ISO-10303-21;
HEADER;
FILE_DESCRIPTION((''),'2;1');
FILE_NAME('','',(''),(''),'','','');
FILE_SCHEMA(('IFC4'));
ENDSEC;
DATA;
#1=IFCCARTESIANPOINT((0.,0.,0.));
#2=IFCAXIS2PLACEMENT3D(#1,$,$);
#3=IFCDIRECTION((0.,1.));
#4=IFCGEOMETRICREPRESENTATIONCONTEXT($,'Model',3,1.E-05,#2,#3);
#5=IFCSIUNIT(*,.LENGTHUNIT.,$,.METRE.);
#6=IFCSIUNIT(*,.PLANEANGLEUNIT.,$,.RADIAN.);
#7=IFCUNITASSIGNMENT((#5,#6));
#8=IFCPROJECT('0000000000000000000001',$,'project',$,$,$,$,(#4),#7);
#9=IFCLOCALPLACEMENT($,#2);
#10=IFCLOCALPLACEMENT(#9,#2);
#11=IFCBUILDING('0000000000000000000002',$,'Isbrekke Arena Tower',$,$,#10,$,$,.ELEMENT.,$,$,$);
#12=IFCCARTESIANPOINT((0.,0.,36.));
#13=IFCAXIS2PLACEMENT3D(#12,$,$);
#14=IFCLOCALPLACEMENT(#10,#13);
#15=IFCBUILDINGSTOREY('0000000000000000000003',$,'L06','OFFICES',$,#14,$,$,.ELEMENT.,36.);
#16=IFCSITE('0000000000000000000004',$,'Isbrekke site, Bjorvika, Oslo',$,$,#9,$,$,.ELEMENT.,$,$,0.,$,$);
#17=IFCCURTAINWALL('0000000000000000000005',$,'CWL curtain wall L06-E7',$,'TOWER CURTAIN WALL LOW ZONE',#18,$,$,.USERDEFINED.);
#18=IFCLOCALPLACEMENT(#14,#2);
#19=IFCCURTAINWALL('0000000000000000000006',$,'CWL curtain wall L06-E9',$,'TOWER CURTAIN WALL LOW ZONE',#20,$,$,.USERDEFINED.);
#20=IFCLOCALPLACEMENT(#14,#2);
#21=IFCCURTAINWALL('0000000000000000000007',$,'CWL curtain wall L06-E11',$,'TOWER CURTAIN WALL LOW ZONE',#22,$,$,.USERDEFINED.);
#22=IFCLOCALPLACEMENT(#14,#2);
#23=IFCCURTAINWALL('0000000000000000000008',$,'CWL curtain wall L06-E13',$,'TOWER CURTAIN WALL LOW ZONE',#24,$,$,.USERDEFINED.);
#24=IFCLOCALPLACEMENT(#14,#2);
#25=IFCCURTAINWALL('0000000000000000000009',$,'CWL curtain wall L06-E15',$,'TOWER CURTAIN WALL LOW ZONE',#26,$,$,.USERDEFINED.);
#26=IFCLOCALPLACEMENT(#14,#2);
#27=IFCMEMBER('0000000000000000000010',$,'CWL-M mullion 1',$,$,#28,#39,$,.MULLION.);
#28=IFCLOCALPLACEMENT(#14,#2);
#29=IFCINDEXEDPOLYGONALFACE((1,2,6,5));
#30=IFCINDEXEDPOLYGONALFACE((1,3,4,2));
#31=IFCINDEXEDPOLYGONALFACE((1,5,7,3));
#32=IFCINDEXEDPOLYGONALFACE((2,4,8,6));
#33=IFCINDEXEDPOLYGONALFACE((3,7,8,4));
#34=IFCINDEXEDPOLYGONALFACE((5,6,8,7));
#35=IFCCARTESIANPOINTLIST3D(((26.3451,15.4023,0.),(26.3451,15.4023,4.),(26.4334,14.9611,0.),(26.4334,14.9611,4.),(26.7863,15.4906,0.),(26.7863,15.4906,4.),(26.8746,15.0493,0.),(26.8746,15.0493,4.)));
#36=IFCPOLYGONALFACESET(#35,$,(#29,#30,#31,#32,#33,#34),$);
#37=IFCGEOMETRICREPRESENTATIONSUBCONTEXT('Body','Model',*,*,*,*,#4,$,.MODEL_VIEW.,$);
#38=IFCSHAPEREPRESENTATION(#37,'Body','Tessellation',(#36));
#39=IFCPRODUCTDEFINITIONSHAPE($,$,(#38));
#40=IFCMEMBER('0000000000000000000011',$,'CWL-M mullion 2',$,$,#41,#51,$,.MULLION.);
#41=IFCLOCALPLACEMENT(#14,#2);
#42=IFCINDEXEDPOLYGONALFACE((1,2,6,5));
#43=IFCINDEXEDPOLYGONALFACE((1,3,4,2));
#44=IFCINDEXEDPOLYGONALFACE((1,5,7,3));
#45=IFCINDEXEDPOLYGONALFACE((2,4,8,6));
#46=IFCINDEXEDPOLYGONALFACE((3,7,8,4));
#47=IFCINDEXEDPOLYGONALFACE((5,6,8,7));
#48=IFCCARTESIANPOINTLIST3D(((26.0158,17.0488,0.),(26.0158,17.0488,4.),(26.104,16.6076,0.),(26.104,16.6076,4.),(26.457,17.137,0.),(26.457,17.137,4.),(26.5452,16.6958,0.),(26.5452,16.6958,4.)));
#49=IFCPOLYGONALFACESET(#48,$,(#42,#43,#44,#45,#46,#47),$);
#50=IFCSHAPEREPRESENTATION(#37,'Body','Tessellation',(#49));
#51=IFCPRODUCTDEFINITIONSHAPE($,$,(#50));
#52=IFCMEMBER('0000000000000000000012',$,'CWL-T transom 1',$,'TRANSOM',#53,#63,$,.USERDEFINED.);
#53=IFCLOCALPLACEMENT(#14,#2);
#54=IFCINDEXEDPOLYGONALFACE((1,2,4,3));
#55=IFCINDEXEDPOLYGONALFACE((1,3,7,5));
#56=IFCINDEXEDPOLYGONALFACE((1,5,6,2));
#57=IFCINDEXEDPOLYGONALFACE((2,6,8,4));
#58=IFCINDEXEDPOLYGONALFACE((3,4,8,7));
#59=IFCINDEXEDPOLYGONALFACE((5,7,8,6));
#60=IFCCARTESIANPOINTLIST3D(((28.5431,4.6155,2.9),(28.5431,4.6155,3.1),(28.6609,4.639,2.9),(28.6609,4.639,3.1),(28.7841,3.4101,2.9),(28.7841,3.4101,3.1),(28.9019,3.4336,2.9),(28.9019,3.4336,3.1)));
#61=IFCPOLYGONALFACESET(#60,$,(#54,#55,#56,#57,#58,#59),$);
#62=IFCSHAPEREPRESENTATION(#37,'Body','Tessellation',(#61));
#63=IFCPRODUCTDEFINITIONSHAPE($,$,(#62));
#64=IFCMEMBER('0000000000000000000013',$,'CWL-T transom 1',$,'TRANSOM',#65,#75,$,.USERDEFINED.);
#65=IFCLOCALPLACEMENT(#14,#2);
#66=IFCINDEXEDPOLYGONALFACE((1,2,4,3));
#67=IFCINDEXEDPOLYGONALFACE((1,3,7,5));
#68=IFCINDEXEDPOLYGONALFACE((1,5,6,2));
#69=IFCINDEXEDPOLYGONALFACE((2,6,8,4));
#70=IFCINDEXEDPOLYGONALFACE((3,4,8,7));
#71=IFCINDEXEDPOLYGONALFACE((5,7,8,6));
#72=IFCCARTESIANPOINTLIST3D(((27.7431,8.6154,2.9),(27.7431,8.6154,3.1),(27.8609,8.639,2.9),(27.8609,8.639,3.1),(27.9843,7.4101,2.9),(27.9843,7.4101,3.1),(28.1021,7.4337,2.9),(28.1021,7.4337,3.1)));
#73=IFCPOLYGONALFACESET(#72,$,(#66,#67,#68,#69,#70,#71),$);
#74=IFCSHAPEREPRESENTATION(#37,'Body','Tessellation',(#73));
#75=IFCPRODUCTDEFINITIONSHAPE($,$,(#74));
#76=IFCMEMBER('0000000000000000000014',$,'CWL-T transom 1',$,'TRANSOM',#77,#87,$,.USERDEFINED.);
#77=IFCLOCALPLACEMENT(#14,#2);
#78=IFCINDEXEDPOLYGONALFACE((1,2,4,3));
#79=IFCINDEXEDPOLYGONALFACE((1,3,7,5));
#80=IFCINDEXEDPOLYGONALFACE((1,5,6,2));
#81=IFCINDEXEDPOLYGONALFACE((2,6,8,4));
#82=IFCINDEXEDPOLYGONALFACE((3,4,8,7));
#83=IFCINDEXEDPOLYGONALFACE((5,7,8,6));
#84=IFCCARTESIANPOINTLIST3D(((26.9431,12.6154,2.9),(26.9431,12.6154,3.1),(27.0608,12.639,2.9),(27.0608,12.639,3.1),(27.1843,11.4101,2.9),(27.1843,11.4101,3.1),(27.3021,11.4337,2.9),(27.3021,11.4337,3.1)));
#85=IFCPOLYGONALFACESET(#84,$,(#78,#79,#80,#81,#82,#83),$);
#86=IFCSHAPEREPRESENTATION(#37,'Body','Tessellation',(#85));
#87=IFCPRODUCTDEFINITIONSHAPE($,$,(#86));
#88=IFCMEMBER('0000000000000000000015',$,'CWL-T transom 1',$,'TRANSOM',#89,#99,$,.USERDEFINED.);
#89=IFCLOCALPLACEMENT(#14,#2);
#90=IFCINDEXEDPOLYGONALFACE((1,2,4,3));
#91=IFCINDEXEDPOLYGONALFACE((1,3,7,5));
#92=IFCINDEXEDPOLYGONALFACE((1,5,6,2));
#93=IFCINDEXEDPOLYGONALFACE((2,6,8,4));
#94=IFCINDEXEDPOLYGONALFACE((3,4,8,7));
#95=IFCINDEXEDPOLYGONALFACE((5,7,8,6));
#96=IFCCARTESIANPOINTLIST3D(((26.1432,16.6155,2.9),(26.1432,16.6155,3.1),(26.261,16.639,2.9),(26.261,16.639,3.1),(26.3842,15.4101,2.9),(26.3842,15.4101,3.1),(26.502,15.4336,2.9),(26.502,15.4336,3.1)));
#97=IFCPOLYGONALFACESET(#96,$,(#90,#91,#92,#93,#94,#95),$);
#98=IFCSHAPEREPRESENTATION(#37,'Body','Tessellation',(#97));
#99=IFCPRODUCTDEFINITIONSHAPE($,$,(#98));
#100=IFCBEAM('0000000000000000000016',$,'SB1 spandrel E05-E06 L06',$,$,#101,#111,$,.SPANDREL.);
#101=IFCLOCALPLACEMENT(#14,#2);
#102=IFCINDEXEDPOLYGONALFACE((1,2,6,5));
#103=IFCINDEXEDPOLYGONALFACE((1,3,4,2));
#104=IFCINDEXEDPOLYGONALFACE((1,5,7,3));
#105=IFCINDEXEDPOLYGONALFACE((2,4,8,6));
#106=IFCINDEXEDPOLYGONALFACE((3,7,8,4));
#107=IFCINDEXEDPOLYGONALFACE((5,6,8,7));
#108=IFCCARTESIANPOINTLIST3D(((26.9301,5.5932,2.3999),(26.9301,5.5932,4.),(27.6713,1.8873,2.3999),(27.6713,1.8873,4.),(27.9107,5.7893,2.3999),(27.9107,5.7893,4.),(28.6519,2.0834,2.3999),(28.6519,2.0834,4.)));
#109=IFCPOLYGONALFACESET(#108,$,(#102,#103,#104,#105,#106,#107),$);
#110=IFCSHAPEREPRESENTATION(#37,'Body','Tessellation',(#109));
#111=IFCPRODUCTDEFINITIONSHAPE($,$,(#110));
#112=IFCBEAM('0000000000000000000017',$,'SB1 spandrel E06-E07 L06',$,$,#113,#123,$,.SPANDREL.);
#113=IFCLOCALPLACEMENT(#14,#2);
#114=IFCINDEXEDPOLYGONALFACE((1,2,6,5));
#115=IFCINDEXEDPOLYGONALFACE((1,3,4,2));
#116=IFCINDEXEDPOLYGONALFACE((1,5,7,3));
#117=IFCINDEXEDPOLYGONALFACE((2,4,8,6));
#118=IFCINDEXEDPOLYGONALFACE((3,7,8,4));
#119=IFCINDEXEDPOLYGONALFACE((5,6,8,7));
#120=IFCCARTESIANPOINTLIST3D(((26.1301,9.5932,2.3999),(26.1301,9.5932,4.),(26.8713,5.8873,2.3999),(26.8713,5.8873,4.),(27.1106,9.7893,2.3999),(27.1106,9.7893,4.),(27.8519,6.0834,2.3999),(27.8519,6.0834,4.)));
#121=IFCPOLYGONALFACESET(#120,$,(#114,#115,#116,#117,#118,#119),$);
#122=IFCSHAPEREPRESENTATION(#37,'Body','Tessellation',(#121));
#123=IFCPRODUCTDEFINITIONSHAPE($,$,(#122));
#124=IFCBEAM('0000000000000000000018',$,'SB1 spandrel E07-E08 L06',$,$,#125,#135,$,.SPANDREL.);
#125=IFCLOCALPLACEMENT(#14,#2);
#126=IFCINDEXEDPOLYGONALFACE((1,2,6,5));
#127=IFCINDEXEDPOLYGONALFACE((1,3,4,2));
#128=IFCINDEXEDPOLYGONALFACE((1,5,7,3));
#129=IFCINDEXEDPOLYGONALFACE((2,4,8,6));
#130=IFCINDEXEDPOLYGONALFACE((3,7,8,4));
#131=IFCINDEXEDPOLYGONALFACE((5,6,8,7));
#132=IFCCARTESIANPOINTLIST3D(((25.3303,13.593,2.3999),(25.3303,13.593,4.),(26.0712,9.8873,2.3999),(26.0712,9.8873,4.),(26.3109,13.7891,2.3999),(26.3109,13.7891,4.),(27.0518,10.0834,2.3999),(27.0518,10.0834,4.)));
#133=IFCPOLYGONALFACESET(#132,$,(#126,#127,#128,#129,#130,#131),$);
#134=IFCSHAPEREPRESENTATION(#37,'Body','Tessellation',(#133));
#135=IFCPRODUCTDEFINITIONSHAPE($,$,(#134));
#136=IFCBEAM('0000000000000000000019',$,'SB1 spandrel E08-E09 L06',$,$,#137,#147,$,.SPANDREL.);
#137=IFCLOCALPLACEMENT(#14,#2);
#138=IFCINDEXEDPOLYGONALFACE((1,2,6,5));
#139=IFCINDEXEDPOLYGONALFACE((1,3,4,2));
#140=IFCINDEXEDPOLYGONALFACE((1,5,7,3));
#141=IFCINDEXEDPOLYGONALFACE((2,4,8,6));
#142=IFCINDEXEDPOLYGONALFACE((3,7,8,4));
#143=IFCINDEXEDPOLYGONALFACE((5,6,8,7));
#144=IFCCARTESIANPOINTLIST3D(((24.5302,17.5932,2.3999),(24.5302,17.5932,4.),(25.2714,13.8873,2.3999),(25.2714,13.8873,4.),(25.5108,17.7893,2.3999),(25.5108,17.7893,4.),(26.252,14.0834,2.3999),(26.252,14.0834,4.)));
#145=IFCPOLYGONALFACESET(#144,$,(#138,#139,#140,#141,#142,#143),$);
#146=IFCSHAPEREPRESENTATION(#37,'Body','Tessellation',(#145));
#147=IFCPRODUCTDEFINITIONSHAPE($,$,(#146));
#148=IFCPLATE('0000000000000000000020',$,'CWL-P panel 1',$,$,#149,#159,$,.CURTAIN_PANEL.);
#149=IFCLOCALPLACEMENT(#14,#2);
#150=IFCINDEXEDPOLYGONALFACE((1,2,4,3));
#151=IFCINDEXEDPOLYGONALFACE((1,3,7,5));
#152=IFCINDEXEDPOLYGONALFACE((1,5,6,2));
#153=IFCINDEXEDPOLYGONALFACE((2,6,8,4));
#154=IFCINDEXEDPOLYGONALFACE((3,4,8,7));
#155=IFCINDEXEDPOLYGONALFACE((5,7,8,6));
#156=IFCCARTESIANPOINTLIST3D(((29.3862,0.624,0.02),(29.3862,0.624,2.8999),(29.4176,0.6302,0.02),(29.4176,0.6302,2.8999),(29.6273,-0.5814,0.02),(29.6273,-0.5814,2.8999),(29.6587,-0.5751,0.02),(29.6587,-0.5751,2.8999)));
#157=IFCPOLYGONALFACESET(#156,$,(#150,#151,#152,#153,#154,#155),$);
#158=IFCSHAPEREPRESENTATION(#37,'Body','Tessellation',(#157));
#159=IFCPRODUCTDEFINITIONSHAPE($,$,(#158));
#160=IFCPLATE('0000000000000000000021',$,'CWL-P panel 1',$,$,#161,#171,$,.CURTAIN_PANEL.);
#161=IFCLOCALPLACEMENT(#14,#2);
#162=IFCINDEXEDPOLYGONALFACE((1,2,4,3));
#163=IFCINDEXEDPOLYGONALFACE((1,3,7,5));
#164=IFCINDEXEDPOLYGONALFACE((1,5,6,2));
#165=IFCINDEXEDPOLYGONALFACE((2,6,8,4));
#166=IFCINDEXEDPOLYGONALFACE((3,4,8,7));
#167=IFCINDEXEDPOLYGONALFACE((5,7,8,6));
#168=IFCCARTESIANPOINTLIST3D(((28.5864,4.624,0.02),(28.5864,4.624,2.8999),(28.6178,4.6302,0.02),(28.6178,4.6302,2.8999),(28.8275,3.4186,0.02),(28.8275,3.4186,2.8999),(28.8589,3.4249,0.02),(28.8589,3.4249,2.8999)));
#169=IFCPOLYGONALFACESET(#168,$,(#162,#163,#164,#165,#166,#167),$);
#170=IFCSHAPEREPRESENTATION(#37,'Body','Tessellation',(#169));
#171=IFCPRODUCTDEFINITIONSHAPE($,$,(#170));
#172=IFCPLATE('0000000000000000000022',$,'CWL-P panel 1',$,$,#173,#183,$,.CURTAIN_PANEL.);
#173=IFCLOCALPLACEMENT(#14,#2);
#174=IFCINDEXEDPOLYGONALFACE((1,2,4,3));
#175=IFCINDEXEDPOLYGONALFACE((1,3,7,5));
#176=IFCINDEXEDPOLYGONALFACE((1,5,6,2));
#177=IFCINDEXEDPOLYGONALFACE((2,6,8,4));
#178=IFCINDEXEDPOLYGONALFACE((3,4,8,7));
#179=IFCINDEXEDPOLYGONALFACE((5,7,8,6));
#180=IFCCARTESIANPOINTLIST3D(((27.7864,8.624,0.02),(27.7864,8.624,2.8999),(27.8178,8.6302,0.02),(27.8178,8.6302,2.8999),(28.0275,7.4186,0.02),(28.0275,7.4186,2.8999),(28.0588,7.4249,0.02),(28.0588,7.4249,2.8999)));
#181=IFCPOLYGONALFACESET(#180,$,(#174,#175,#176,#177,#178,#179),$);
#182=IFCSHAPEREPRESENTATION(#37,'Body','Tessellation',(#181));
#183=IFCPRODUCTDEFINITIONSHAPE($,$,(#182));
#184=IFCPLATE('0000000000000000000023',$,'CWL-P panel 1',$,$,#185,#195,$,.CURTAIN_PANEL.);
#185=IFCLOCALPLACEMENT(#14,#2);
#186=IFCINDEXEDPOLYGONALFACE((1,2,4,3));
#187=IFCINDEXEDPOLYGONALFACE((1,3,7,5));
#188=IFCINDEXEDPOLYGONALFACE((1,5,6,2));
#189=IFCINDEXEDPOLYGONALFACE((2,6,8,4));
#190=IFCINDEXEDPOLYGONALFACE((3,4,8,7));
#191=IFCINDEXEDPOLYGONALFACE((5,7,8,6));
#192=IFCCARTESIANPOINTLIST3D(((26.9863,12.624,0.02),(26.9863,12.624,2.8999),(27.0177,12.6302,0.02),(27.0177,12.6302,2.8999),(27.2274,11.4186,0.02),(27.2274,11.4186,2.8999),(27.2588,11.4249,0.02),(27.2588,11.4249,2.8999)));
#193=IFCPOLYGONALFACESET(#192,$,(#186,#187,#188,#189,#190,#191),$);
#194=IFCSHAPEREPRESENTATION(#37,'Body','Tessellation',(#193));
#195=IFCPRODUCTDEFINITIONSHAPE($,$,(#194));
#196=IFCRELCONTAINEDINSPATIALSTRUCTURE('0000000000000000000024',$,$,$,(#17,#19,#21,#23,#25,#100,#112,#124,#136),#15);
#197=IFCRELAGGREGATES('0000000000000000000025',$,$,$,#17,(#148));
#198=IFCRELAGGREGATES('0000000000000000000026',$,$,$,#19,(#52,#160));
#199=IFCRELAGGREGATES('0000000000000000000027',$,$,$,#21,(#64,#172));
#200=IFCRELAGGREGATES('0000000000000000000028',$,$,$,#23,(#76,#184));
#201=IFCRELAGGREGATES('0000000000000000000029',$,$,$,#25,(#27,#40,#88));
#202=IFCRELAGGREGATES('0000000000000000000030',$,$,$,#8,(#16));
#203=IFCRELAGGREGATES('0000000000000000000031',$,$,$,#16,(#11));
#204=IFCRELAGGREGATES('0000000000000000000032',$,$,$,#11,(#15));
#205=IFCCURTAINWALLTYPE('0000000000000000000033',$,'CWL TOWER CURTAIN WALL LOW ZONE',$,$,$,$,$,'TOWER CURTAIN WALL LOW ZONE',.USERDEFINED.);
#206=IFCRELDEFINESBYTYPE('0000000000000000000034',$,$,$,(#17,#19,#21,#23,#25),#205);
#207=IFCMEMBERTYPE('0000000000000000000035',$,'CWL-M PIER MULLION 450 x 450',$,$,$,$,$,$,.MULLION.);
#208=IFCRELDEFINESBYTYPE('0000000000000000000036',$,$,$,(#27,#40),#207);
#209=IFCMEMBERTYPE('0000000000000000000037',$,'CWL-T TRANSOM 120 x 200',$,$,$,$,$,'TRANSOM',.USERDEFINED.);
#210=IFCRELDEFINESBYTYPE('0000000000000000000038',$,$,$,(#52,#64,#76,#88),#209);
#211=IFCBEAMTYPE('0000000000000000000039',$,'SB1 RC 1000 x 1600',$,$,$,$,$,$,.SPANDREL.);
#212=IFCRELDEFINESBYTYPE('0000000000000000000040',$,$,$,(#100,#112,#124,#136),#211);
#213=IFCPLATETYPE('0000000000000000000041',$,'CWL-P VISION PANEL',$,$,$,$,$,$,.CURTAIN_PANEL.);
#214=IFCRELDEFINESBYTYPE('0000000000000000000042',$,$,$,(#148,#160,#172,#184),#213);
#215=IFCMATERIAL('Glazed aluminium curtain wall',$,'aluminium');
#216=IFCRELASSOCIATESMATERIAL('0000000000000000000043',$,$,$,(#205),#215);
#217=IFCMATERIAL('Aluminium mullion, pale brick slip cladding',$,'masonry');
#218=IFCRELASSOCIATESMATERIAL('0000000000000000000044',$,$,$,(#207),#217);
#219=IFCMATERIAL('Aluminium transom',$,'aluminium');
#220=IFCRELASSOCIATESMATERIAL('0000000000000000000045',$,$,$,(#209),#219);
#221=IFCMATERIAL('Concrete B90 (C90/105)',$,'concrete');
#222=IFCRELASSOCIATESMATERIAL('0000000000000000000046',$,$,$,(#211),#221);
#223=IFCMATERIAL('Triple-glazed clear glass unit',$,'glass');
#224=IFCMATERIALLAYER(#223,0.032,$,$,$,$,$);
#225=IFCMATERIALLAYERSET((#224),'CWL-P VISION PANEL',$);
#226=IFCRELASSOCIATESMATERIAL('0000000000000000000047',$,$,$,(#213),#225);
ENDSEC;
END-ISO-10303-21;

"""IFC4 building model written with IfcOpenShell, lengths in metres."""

from ifc_helpers import new_model, si_unit, direction, frame, origin, origin_2d, place, context, subcontext, project, spatial, rectangle, extrude, material, layer, layer_set, material_profile, profile_set, type_object, element, aggregate, save


model = new_model("IFC4")

# Units and contexts
model_context = context("Model", 3, precision=1e-05, world=origin(), true_north=direction((0.0, 1.0)))
body_context = subcontext(model_context, "Body", "Model", "MODEL_VIEW")
ifc_project = project(units=[si_unit("LENGTHUNIT", "METRE"), si_unit("PLANEANGLEUNIT", "RADIAN")], contexts=[model_context])

# Site, building, storey
site_placement = place(None, origin())
site = spatial("IfcSite", under=ifc_project, at=site_placement, Name="Isbrekke site, Bjorvika, Oslo", CompositionType="ELEMENT", RefElevation=0.0)
building_placement = place(site_placement, origin())
building = spatial("IfcBuilding", under=site, at=building_placement, Name="Isbrekke Arena Tower", CompositionType="ELEMENT")
storey_placement = place(building_placement, frame((0.0, 0.0, 36.0)))
storey = spatial("IfcBuildingStorey", under=building, at=storey_placement, Name="L06", Description="OFFICES", CompositionType="ELEMENT", Elevation=36.0)

# Curtain wall
ifc_material_1 = material(Name="Glazed aluminium curtain wall", Category="aluminium")
curtain_wall_type = type_object("IfcCurtainWallType", Name="CWL TOWER CURTAIN WALL LOW ZONE", ElementType="TOWER CURTAIN WALL LOW ZONE", PredefinedType="USERDEFINED", material=ifc_material_1)
curtain_wall_1_placement = place(storey_placement, origin())
curtain_wall_1 = element("IfcCurtainWall", 1, at=curtain_wall_1_placement, inside=storey, type_object=curtain_wall_type, Name="CWL curtain wall L06-E7", ObjectType="TOWER CURTAIN WALL LOW ZONE", PredefinedType="USERDEFINED")
ifc_material_2 = material(Name="Aluminium mullion, pale brick slip cladding", Category="masonry")
ifc_material_profile_1 = material_profile(ifc_material_2, rectangle(XDim=0.45, YDim=0.45, at=origin_2d()), Name="PIER 450X450")
ifc_profile_set_1 = profile_set([ifc_material_profile_1], Name="Aluminium mullion, pale brick slip cladding")
member_type_1 = type_object("IfcMemberType", Name="CWL-M PIER MULLION 450 x 450", PredefinedType="MULLION", material=ifc_profile_set_1)

# Curtain walls, members
curtain_wall_2_placement = place(storey_placement, origin())
curtain_wall_2 = element("IfcCurtainWall", 2, at=curtain_wall_2_placement, inside=storey, type_object=curtain_wall_type, Name="CWL curtain wall L06-E9", ObjectType="TOWER CURTAIN WALL LOW ZONE", PredefinedType="USERDEFINED")
curtain_wall_3_placement = place(storey_placement, origin())
curtain_wall_3 = element("IfcCurtainWall", 3, at=curtain_wall_3_placement, inside=storey, type_object=curtain_wall_type, Name="CWL curtain wall L06-E11", ObjectType="TOWER CURTAIN WALL LOW ZONE", PredefinedType="USERDEFINED")
curtain_wall_4_placement = place(storey_placement, origin())
curtain_wall_4 = element("IfcCurtainWall", 4, at=curtain_wall_4_placement, inside=storey, type_object=curtain_wall_type, Name="CWL curtain wall L06-E13", ObjectType="TOWER CURTAIN WALL LOW ZONE", PredefinedType="USERDEFINED")
curtain_wall_5_placement = place(storey_placement, origin())
curtain_wall_5 = element("IfcCurtainWall", 5, at=curtain_wall_5_placement, inside=storey, type_object=curtain_wall_type, Name="CWL curtain wall L06-E15", ObjectType="TOWER CURTAIN WALL LOW ZONE", PredefinedType="USERDEFINED")
member_1_placement = place(storey_placement, frame((26.6099, 15.2258, 0.0), z_axis=(0.0, 0.0, 1.0), x_axis=(-0.196116, 0.980581, 0.0)))
member_1 = element("IfcMember", 6, at=member_1_placement, type_object=member_type_1, Name="CWL-M mullion 1", PredefinedType="MULLION", context=body_context, shape_type="SweptSolid", body=[
    extrude(rectangle(XDim=0.45, YDim=0.45, at=origin_2d()), origin(), (0.0, 0.0, 1.0), 4.0),
])
member_2_placement = place(storey_placement, frame((26.2805, 16.8723, 0.0), z_axis=(0.0, 0.0, 1.0), x_axis=(-0.196116, 0.980581, 0.0)))
member_2 = element("IfcMember", 7, at=member_2_placement, type_object=member_type_1, Name="CWL-M mullion 2", PredefinedType="MULLION", context=body_context, shape_type="SweptSolid", body=[
    extrude(rectangle(XDim=0.45, YDim=0.45, at=origin_2d()), origin(), (0.0, 0.0, 1.0), 4.0),
])

# Members
ifc_material_3 = material(Name="Aluminium transom", Category="aluminium")
ifc_material_profile_2 = material_profile(ifc_material_3, rectangle(XDim=0.1201, YDim=0.2, at=origin_2d()), Name="TRANSOM 120X200")
ifc_profile_set_2 = profile_set([ifc_material_profile_2], Name="Aluminium transom")
member_type_2 = type_object("IfcMemberType", Name="CWL-T TRANSOM 120 x 200", ElementType="TRANSOM", PredefinedType="USERDEFINED", material=ifc_profile_set_2)
member_3_placement = place(storey_placement, frame((28.843, 3.4219, 3.0), z_axis=(-0.19604, 0.980596, 0.0), x_axis=(-0.980596, -0.19604, 0.0)))
member_3 = element("IfcMember", 8, at=member_3_placement, type_object=member_type_2, Name="CWL-T transom 1", ObjectType="TRANSOM", PredefinedType="USERDEFINED", context=body_context, shape_type="SweptSolid", body=[
    extrude(rectangle(XDim=0.1201, YDim=0.2, at=origin_2d()), origin(), (0.0, 0.0, 1.0), 1.2292),
])
member_4_placement = place(storey_placement, frame((28.0432, 7.4219, 3.0), z_axis=(-0.196231, 0.980558, 0.0), x_axis=(-0.980558, -0.196231, 0.0)))
member_4 = element("IfcMember", 9, at=member_4_placement, type_object=member_type_2, Name="CWL-T transom 1", ObjectType="TRANSOM", PredefinedType="USERDEFINED", context=body_context, shape_type="SweptSolid", body=[
    extrude(rectangle(XDim=0.1201, YDim=0.2, at=origin_2d()), origin(), (0.0, 0.0, 1.0), 1.2292),
])
member_5_placement = place(storey_placement, frame((27.2432, 11.4219, 3.0), z_axis=(-0.196231, 0.980558, 0.0), x_axis=(-0.980558, -0.196231, 0.0)))
member_5 = element("IfcMember", 10, at=member_5_placement, type_object=member_type_2, Name="CWL-T transom 1", ObjectType="TRANSOM", PredefinedType="USERDEFINED", context=body_context, shape_type="SweptSolid", body=[
    extrude(rectangle(XDim=0.1201, YDim=0.2, at=origin_2d()), origin(), (0.0, 0.0, 1.0), 1.2292),
])
member_6_placement = place(storey_placement, frame((26.4431, 15.4219, 3.0), z_axis=(-0.19604, 0.980596, 0.0), x_axis=(-0.980596, -0.19604, 0.0)))
member_6 = element("IfcMember", 11, at=member_6_placement, type_object=member_type_2, Name="CWL-T transom 1", ObjectType="TRANSOM", PredefinedType="USERDEFINED", context=body_context, shape_type="SweptSolid", body=[
    extrude(rectangle(XDim=0.1201, YDim=0.2, at=origin_2d()), origin(), (0.0, 0.0, 1.0), 1.2292),
])

# Beams
ifc_material_4 = material(Name="Concrete B90 (C90/105)", Category="concrete")
ifc_material_profile_3 = material_profile(ifc_material_4, rectangle(XDim=1.0, YDim=1.6001, at=origin_2d()), Name="RC 1000x1600")
ifc_profile_set_3 = profile_set([ifc_material_profile_3], Name="Concrete B90 (C90/105)")
beam_type_1 = type_object("IfcBeamType", Name="SB1 RC 1000 x 1600", PredefinedType="SPANDREL", material=ifc_profile_set_3)
for number, where, z_axis, x_axis, name in (
    (12, (28.1616, 1.9854, 3.2), (-0.196129, 0.980578, 0.0), (-0.980578, -0.196129, 0.0), "SB1 spandrel E05-E06 L06"),
    (13, (27.3616, 5.9854, 3.2), (-0.196129, 0.980578, 0.0), (-0.980578, -0.196129, 0.0), "SB1 spandrel E06-E07 L06"),
):
    element("IfcBeam", number, at=place(storey_placement, frame(where, z_axis=z_axis, x_axis=x_axis)), inside=storey, type_object=beam_type_1, Name=name, PredefinedType="SPANDREL", context=body_context, shape_type="SweptSolid", body=[
        extrude(rectangle(XDim=1.0, YDim=1.6001, at=origin_2d()), origin(), (0.0, 0.0, 1.0), 3.7793),
    ])
beam_1_placement = place(storey_placement, frame((26.5615, 9.9854, 3.2), z_axis=(-0.196066, 0.980591, 0.0), x_axis=(-0.980591, -0.196066, 0.0)))
element("IfcBeam", 14, at=beam_1_placement, inside=storey, type_object=beam_type_1, Name="SB1 spandrel E07-E08 L06", PredefinedType="SPANDREL", context=body_context, shape_type="SweptSolid", body=[
    extrude(rectangle(XDim=1.0, YDim=1.6001, at=origin_2d()), origin(), (0.0, 0.0, 1.0), 3.7791),
])
beam_2_placement = place(storey_placement, frame((25.7617, 13.9854, 3.2), z_axis=(-0.196129, 0.980578, 0.0), x_axis=(-0.980578, -0.196129, 0.0)))
element("IfcBeam", 15, at=beam_2_placement, inside=storey, type_object=beam_type_1, Name="SB1 spandrel E08-E09 L06", PredefinedType="SPANDREL", context=body_context, shape_type="SweptSolid", body=[
    extrude(rectangle(XDim=1.0, YDim=1.6001, at=origin_2d()), origin(), (0.0, 0.0, 1.0), 3.7793),
])

# Plates
ifc_material_5 = material(Name="Triple-glazed clear glass unit", Category="glass")
ifc_layer = layer(ifc_material_5, 0.032)
ifc_layer_set = layer_set([ifc_layer], Name="CWL-P VISION PANEL")
plate_type = type_object("IfcPlateType", Name="CWL-P VISION PANEL", PredefinedType="CURTAIN_PANEL", material=ifc_layer_set)
plate_1_placement = place(storey_placement, frame((29.5225, 0.0244, 0.02), z_axis=(0.0, 0.0, 1.0), x_axis=(-0.196116, 0.980581, 0.0)))
plate_1 = element("IfcPlate", 16, at=plate_1_placement, type_object=plate_type, Name="CWL-P panel 1", PredefinedType="CURTAIN_PANEL", context=body_context, shape_type="SweptSolid", body=[
    extrude(rectangle(XDim=1.2292, YDim=0.032, at=origin_2d()), origin(), (0.0, 0.0, 1.0), 2.8799),
])
aggregate(curtain_wall_1, [plate_1])
plate_2_placement = place(storey_placement, frame((28.7227, 4.0244, 0.02), z_axis=(0.0, 0.0, 1.0), x_axis=(-0.196116, 0.980581, 0.0)))
plate_2 = element("IfcPlate", 17, at=plate_2_placement, type_object=plate_type, Name="CWL-P panel 1", PredefinedType="CURTAIN_PANEL", context=body_context, shape_type="SweptSolid", body=[
    extrude(rectangle(XDim=1.2292, YDim=0.032, at=origin_2d()), origin(), (0.0, 0.0, 1.0), 2.8799),
])
aggregate(curtain_wall_2, [member_3, plate_2])
plate_3_placement = place(storey_placement, frame((27.9226, 8.0244, 0.02), z_axis=(0.0, 0.0, 1.0), x_axis=(-0.196116, 0.980581, 0.0)))
plate_3 = element("IfcPlate", 18, at=plate_3_placement, type_object=plate_type, Name="CWL-P panel 1", PredefinedType="CURTAIN_PANEL", context=body_context, shape_type="SweptSolid", body=[
    extrude(rectangle(XDim=1.2292, YDim=0.032, at=origin_2d()), origin(), (0.0, 0.0, 1.0), 2.8799),
])
aggregate(curtain_wall_3, [member_4, plate_3])
plate_4_placement = place(storey_placement, frame((27.1226, 12.0244, 0.02), z_axis=(0.0, 0.0, 1.0), x_axis=(-0.196116, 0.980581, 0.0)))
plate_4 = element("IfcPlate", 19, at=plate_4_placement, type_object=plate_type, Name="CWL-P panel 1", PredefinedType="CURTAIN_PANEL", context=body_context, shape_type="SweptSolid", body=[
    extrude(rectangle(XDim=1.2292, YDim=0.032, at=origin_2d()), origin(), (0.0, 0.0, 1.0), 2.8799),
])
aggregate(curtain_wall_4, [member_5, plate_4])
aggregate(curtain_wall_5, [member_1, member_2, member_6])

save(model, "model.ifc")
